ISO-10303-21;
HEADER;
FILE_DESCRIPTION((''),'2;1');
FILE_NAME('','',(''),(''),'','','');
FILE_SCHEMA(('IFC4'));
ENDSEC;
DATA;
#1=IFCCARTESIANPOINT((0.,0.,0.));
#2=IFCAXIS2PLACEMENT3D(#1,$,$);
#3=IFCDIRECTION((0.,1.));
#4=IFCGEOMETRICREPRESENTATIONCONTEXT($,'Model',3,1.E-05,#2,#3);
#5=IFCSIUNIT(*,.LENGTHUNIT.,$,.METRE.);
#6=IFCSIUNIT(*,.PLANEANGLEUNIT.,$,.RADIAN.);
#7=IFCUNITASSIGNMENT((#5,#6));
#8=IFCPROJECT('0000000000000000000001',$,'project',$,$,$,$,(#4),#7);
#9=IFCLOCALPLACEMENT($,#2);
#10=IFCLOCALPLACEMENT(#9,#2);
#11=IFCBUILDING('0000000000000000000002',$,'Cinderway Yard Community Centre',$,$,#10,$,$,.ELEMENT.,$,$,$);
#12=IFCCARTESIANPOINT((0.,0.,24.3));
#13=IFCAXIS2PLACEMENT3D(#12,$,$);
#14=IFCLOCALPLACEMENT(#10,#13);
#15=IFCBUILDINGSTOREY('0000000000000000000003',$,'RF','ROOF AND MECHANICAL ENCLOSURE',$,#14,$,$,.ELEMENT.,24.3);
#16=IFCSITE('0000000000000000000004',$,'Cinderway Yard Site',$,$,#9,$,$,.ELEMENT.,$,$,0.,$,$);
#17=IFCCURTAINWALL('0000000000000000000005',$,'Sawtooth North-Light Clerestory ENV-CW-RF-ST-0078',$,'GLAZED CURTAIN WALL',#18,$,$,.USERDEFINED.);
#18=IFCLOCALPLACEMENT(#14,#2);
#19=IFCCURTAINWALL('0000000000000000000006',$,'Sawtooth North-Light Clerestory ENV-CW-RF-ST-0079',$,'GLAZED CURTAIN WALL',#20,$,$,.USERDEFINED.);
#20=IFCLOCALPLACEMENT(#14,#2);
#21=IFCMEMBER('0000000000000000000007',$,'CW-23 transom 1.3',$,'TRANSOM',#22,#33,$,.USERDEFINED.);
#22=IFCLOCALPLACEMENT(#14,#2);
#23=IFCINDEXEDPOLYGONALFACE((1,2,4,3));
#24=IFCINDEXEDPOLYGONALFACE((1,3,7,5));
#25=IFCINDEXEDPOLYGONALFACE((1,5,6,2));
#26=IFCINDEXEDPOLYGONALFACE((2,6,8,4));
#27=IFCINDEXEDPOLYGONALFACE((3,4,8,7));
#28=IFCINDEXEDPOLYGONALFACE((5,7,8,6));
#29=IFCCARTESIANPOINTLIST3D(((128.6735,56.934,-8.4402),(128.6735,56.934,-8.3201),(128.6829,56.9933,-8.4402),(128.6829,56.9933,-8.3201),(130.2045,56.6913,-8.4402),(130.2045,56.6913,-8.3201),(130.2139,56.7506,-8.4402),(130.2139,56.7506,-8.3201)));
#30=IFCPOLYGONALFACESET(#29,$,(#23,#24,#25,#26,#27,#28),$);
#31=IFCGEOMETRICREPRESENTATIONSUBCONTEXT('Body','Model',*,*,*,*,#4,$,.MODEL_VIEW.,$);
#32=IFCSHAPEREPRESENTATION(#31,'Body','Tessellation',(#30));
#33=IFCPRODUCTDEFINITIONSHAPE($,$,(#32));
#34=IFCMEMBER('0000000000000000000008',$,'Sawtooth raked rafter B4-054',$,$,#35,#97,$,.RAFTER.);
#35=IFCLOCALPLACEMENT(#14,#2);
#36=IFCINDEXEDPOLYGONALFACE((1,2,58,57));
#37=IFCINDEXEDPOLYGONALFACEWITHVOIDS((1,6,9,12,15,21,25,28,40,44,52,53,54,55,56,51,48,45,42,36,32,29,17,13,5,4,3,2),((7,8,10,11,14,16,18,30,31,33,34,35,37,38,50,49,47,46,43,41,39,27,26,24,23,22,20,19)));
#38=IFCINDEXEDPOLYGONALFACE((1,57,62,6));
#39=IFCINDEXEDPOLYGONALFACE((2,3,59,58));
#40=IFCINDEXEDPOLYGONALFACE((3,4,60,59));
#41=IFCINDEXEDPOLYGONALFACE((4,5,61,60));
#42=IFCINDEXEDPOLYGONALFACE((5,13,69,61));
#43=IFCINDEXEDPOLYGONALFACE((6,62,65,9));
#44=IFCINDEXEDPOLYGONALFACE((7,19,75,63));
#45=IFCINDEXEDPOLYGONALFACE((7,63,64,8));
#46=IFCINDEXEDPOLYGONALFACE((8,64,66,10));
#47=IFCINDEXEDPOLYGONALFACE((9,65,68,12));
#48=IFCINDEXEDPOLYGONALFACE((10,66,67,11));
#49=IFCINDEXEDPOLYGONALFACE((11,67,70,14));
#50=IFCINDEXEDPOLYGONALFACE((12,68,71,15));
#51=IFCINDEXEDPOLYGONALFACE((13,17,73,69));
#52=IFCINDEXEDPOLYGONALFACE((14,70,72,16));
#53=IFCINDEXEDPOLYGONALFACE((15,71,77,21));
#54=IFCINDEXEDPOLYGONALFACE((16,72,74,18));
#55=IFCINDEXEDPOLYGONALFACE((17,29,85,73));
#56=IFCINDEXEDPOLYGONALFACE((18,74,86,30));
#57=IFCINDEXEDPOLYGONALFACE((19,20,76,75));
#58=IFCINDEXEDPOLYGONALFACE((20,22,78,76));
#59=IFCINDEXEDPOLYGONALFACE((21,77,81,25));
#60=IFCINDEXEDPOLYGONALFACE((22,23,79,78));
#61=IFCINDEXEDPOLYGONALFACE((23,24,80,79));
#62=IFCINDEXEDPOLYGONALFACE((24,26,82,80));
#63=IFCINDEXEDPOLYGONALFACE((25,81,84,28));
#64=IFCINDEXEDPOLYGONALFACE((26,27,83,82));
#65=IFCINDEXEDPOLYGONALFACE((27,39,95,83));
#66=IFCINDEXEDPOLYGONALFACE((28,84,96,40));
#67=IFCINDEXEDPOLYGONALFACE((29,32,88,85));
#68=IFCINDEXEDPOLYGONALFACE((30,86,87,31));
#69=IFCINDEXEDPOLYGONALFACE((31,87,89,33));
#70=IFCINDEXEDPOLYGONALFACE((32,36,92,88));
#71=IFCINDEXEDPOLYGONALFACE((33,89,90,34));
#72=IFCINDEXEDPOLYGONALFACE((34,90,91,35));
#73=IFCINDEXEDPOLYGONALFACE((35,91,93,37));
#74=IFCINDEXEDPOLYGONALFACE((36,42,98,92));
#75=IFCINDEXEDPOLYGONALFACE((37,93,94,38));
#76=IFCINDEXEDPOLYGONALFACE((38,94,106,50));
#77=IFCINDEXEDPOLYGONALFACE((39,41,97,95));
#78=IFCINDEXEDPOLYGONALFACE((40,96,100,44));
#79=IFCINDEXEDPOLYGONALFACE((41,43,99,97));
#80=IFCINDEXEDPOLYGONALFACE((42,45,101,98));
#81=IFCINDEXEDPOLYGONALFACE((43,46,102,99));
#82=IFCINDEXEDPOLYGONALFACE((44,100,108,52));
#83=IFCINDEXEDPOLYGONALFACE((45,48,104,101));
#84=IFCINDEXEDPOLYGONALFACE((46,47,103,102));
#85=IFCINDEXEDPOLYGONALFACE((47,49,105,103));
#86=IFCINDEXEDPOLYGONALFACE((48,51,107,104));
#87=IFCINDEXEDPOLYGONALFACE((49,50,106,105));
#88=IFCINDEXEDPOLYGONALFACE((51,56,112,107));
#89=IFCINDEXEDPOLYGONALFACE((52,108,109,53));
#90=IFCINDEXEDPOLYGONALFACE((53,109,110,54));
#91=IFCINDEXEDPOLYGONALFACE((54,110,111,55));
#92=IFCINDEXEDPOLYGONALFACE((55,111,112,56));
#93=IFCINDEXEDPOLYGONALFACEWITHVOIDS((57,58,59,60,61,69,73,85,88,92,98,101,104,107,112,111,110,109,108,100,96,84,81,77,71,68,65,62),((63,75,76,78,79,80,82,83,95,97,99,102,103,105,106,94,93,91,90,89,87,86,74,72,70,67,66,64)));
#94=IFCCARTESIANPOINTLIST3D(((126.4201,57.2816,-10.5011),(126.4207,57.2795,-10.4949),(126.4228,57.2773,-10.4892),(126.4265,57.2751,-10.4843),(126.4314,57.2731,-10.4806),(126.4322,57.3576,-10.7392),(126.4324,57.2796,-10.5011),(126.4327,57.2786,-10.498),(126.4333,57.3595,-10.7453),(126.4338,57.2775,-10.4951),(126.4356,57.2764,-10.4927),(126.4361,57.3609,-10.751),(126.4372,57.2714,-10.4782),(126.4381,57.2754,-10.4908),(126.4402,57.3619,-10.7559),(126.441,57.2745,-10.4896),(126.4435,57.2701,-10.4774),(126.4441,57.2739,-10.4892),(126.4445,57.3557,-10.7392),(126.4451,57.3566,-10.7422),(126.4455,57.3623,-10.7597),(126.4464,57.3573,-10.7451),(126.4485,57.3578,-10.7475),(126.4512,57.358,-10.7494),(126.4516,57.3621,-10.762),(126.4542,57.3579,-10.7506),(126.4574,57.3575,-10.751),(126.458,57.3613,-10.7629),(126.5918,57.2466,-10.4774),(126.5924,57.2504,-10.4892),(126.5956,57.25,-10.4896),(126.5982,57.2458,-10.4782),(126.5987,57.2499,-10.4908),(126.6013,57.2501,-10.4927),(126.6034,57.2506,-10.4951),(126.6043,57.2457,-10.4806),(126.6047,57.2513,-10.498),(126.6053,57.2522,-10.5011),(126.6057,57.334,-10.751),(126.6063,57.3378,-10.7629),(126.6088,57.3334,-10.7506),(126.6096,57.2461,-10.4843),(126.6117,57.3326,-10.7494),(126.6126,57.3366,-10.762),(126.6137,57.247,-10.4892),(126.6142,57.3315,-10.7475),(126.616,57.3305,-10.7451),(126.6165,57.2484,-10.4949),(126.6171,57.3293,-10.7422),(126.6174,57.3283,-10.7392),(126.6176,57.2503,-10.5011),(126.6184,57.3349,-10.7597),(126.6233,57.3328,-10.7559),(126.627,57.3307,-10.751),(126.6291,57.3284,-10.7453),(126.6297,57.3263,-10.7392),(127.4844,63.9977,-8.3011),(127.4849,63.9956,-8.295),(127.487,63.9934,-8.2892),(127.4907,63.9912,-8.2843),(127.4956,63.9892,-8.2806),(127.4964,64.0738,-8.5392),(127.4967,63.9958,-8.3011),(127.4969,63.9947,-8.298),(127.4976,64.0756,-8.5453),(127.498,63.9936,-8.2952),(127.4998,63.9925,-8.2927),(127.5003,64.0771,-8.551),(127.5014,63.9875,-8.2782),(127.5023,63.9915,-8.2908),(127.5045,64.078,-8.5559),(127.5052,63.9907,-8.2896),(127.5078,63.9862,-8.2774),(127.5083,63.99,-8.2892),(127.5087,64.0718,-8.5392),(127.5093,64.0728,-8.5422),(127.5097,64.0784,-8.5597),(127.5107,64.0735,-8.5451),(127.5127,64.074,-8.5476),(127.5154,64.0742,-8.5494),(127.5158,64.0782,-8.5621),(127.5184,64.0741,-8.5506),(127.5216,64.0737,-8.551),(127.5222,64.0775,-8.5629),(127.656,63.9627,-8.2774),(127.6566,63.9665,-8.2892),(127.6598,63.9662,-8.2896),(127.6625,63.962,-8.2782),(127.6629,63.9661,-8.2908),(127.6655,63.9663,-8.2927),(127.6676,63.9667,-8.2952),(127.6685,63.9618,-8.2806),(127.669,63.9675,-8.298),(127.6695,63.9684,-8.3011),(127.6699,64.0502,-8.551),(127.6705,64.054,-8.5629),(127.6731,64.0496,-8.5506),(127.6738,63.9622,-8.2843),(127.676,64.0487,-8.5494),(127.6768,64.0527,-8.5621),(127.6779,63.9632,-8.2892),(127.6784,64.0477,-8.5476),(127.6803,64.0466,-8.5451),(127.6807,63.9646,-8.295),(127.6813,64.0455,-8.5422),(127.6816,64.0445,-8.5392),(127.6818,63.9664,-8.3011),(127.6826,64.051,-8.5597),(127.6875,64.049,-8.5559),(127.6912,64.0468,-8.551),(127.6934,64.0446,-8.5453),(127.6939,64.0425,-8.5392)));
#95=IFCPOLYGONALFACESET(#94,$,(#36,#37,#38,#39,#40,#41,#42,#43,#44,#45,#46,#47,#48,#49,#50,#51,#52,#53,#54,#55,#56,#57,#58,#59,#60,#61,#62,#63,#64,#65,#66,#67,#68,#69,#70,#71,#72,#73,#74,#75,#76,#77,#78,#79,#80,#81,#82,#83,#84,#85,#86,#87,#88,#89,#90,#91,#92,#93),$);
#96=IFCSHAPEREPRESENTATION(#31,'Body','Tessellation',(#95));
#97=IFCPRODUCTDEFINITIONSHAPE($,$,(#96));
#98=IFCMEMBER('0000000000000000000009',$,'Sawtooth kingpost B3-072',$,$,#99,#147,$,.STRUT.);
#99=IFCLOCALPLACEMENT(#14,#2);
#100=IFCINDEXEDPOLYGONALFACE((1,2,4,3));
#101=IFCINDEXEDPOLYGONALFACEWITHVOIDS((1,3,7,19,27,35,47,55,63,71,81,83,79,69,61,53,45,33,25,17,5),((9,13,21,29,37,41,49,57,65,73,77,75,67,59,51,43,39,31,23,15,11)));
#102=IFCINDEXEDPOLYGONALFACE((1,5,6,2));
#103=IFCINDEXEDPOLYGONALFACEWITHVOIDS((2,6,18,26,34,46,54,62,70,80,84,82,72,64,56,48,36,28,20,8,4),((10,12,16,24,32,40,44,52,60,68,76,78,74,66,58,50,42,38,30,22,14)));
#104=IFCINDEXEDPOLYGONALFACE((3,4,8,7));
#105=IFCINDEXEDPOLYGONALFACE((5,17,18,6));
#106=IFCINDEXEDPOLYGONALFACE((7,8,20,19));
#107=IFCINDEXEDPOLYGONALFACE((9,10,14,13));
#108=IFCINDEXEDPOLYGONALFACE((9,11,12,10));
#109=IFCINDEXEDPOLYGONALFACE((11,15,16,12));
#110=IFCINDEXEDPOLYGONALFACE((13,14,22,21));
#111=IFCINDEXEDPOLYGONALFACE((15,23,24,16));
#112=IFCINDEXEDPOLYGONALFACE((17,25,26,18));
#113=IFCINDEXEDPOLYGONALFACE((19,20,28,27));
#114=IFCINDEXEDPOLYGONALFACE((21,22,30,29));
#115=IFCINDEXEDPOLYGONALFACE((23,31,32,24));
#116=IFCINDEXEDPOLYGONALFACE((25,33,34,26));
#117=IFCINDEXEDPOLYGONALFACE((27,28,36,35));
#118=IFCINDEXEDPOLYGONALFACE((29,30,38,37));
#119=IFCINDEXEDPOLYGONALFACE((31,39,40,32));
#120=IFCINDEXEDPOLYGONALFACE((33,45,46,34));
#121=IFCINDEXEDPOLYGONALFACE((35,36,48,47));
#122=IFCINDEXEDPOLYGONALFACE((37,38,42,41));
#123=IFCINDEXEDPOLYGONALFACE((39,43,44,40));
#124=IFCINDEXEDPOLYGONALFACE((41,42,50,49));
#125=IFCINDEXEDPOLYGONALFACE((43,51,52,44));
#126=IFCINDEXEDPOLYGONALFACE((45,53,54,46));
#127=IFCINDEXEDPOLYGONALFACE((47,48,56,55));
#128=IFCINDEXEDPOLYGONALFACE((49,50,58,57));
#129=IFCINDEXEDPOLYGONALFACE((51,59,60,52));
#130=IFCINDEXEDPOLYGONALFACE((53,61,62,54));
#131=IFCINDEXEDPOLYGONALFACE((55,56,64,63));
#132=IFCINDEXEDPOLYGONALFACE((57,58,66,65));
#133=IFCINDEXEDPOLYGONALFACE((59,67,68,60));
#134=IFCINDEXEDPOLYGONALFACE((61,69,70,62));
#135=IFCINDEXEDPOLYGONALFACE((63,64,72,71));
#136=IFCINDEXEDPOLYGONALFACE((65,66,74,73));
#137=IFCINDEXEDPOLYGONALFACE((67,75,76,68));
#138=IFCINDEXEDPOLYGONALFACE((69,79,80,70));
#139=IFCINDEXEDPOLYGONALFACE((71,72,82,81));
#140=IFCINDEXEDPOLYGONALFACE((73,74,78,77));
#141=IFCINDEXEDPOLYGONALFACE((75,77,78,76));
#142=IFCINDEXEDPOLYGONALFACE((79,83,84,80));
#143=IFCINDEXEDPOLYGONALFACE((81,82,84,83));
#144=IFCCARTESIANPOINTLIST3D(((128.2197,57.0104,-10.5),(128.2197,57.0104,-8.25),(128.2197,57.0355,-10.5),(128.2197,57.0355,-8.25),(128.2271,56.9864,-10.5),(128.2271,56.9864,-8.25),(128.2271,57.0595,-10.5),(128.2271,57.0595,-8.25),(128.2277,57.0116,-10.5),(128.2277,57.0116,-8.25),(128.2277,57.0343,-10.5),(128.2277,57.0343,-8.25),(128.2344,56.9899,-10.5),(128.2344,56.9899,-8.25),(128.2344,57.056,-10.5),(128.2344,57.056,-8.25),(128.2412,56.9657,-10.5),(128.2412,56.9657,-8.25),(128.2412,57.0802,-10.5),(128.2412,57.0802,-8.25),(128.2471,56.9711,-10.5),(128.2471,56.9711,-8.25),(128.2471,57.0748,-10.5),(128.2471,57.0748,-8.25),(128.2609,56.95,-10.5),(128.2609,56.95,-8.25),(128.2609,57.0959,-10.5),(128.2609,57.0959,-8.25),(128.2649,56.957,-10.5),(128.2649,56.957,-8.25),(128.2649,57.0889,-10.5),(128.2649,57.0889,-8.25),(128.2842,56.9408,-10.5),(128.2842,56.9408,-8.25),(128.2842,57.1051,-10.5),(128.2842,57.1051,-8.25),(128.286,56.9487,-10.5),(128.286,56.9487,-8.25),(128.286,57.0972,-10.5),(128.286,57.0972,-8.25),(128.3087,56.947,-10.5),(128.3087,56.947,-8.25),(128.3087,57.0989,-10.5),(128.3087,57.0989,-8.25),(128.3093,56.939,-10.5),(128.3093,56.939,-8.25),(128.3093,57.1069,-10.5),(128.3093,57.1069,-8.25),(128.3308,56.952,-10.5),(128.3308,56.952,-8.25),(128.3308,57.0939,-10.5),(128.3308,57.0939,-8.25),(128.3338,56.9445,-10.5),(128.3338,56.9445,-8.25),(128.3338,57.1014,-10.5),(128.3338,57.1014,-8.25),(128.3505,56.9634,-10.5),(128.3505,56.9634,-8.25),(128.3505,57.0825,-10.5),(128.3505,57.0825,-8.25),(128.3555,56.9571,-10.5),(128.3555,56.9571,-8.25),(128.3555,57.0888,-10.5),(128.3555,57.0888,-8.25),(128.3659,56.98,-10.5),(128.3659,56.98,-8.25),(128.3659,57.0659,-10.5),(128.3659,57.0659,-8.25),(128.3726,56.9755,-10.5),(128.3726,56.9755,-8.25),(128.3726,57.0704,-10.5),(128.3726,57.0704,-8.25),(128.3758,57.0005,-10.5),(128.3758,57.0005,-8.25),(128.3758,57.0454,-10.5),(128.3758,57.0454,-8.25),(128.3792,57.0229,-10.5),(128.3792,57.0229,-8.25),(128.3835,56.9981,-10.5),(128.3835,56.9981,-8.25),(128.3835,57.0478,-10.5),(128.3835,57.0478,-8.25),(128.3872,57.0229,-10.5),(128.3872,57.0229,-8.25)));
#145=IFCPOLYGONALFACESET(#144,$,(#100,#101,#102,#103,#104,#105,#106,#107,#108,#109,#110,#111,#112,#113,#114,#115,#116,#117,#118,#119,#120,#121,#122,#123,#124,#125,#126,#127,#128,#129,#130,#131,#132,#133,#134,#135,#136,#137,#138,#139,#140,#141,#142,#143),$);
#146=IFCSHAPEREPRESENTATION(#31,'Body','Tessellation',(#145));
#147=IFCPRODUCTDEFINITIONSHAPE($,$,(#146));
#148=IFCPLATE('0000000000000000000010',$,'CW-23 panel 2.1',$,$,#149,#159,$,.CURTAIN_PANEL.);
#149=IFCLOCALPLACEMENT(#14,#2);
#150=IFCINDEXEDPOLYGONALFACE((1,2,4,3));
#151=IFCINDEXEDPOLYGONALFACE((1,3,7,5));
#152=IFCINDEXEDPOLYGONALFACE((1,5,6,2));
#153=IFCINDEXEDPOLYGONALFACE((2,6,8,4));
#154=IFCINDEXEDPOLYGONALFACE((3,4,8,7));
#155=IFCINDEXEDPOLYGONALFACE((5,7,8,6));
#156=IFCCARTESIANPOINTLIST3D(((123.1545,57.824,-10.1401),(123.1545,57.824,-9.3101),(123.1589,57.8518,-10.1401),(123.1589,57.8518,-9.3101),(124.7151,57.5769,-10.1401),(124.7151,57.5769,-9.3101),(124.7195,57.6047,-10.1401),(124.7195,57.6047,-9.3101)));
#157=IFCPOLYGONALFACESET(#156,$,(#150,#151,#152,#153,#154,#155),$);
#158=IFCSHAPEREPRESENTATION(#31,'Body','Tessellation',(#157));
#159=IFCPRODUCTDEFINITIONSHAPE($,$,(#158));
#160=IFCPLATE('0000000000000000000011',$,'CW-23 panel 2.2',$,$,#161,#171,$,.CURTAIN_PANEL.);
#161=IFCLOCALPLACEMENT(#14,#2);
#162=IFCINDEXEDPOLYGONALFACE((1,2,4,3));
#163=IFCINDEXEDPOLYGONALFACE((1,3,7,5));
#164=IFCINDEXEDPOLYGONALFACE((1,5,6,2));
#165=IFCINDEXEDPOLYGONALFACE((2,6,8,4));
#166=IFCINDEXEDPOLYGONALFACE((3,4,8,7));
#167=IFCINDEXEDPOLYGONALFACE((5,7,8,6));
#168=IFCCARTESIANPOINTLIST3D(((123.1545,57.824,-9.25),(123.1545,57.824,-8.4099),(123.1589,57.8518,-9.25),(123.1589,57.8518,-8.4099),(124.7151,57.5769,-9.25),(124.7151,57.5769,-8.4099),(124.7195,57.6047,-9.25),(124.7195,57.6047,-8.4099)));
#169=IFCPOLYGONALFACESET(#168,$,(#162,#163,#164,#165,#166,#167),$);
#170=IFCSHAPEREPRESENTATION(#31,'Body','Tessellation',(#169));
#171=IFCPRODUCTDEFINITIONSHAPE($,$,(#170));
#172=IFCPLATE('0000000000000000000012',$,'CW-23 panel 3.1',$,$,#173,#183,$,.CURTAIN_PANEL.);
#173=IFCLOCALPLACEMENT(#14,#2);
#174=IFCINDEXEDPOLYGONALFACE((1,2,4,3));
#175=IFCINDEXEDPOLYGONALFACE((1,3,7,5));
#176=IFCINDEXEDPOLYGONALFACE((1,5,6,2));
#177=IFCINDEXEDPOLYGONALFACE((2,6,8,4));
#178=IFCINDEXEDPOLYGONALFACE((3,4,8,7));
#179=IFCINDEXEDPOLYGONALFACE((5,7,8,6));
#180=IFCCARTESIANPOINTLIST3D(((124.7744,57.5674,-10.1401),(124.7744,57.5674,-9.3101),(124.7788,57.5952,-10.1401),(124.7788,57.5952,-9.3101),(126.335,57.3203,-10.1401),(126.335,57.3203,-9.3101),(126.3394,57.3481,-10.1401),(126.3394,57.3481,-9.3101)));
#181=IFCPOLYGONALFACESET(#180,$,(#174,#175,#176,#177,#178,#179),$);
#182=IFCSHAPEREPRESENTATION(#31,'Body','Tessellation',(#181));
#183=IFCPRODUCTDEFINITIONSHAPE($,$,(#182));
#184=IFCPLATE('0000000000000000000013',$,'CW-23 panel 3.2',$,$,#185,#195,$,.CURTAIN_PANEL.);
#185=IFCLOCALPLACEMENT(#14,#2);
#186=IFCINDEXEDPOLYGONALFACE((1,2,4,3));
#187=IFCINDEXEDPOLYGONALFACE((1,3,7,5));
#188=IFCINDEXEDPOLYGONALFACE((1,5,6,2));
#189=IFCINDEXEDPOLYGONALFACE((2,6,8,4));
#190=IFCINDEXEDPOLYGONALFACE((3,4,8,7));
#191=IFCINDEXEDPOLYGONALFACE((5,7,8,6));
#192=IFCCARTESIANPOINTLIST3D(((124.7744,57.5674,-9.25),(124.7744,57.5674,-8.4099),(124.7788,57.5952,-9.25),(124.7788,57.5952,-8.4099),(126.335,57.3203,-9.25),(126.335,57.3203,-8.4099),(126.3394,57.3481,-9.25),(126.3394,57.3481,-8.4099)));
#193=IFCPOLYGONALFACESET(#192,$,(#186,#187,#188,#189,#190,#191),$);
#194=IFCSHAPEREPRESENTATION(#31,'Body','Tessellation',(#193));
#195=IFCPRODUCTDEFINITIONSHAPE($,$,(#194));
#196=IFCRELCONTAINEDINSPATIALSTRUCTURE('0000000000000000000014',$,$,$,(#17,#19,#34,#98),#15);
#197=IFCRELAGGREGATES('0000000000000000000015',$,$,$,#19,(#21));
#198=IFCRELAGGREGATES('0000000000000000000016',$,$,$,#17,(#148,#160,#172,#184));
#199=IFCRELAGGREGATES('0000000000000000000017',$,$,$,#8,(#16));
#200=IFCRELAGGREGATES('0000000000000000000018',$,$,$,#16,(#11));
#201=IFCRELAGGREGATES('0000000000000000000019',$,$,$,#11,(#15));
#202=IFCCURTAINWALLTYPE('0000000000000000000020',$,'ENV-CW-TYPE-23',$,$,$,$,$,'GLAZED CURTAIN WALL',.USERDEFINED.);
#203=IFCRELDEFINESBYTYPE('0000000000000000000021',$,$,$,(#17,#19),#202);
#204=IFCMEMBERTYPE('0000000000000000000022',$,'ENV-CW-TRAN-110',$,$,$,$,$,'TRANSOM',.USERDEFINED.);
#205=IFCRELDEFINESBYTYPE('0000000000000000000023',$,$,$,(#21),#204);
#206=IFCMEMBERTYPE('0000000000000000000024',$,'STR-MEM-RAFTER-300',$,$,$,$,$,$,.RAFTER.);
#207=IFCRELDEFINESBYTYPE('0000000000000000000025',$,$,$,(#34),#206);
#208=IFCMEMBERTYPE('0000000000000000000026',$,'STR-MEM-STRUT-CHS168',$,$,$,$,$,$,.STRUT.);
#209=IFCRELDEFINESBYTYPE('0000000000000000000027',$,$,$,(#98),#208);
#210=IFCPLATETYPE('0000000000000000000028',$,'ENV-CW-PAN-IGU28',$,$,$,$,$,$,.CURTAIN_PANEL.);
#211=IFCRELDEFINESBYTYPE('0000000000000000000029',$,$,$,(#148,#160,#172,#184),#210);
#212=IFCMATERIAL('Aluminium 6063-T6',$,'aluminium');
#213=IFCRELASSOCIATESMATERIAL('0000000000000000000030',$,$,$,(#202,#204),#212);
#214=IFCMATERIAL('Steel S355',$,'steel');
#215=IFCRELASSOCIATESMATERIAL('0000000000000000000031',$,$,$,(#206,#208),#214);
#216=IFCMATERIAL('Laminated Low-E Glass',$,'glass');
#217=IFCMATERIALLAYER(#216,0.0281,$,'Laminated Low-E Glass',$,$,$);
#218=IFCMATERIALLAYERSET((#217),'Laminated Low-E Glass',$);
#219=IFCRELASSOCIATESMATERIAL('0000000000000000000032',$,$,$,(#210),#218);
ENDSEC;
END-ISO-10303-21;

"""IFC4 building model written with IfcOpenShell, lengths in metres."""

from ifc_helpers import new_model, si_unit, direction, frame, origin, origin_2d, place, context, subcontext, project, spatial, rectangle, hollow_rectangle, hollow_circle, extrude, material, layer, layer_set, material_profile, profile_set, type_object, element, aggregate, save


model = new_model("IFC4")

# Units and contexts
model_context = context("Model", 3, precision=1e-05, world=origin(), true_north=direction((0.0, 1.0)))
body_context = subcontext(model_context, "Body", "Model", "MODEL_VIEW")
ifc_project = project(units=[si_unit("LENGTHUNIT", "METRE"), si_unit("PLANEANGLEUNIT", "RADIAN")], contexts=[model_context])

# Site, building, storey
site_placement = place(None, origin())
site = spatial("IfcSite", under=ifc_project, at=site_placement, Name="Cinderway Yard Site", CompositionType="ELEMENT", RefElevation=0.0)
building_placement = place(site_placement, origin())
building = spatial("IfcBuilding", under=site, at=building_placement, Name="Cinderway Yard Community Centre", CompositionType="ELEMENT")
storey_placement = place(building_placement, frame((0.0, 0.0, 24.3)))
storey = spatial("IfcBuildingStorey", under=building, at=storey_placement, Name="RF", Description="ROOF AND MECHANICAL ENCLOSURE", CompositionType="ELEMENT", Elevation=24.3)

# Curtain wall
ifc_material_1 = material(Name="Aluminium 6063-T6", Category="aluminium")
curtain_wall_type = type_object("IfcCurtainWallType", Name="ENV-CW-TYPE-23", ElementType="GLAZED CURTAIN WALL", PredefinedType="USERDEFINED", material=ifc_material_1)
curtain_wall_1_placement = place(storey_placement, origin())
curtain_wall_1 = element("IfcCurtainWall", 1, at=curtain_wall_1_placement, inside=storey, type_object=curtain_wall_type, Name="Sawtooth North-Light Clerestory ENV-CW-RF-ST-0078", ObjectType="GLAZED CURTAIN WALL", PredefinedType="USERDEFINED")

# Curtain wall
curtain_wall_2_placement = place(storey_placement, origin())
curtain_wall_2 = element("IfcCurtainWall", 2, at=curtain_wall_2_placement, inside=storey, type_object=curtain_wall_type, Name="Sawtooth North-Light Clerestory ENV-CW-RF-ST-0079", ObjectType="GLAZED CURTAIN WALL", PredefinedType="USERDEFINED")

# Member
ifc_material_profile_1 = material_profile(ifc_material_1, rectangle(XDim=0.0601, YDim=0.1201, at=origin_2d()), Name="Aluminium 6063-T6")
ifc_profile_set_1 = profile_set([ifc_material_profile_1], Name="Aluminium 6063-T6")
member_type_1 = type_object("IfcMemberType", Name="ENV-CW-TRAN-110", ElementType="TRANSOM", PredefinedType="USERDEFINED", material=ifc_profile_set_1)
member_1_placement = place(storey_placement, frame((128.6782, 56.9636, -8.3801), z_axis=(0.98767, -0.156553, 0.0), x_axis=(0.156553, 0.98767, 0.0)))
member_1 = element("IfcMember", 3, at=member_1_placement, type_object=member_type_1, Name="CW-23 transom 1.3", ObjectType="TRANSOM", PredefinedType="USERDEFINED", context=body_context, shape_type="SweptSolid", body=[
    extrude(rectangle(XDim=0.0601, YDim=0.1201, at=origin_2d()), origin(), (0.0, 0.0, 1.0), 1.55),
])
aggregate(curtain_wall_2, [member_1])

# Members
ifc_material_2 = material(Name="Steel S355", Category="steel")
ifc_material_profile_2 = material_profile(ifc_material_2, hollow_rectangle(XDim=0.2, YDim=0.3, WallThickness=0.0125, InnerFilletRadius=0.0125, OuterFilletRadius=0.0249, at=origin_2d()), Name="Steel S355")
ifc_profile_set_2 = profile_set([ifc_material_profile_2], Name="Steel S355")
member_type_2 = type_object("IfcMemberType", Name="STR-MEM-RAFTER-300", PredefinedType="RAFTER", material=ifc_profile_set_2)
member_2_placement = place(storey_placement, frame((126.5249, 57.304, -10.6201), z_axis=(0.148905, 0.93972, 0.30782), x_axis=(-0.987677, 0.156505, 0.0)))
element("IfcMember", 4, at=member_2_placement, inside=storey, type_object=member_type_2, Name="Sawtooth raked rafter B4-054", PredefinedType="RAFTER", context=body_context, shape_type="SweptSolid", body=[
    extrude(hollow_rectangle(XDim=0.2, YDim=0.3, WallThickness=0.0125, InnerFilletRadius=0.0125, OuterFilletRadius=0.0249, at=origin_2d()), origin(), (0.0, 0.0, 1.0), 7.147),
])
ifc_material_profile_3 = material_profile(ifc_material_2, hollow_circle(Radius=0.0842, WallThickness=0.0081, at=origin_2d()), Name="Steel S355")
ifc_profile_set_3 = profile_set([ifc_material_profile_3], Name="Steel S355")
member_type_3 = type_object("IfcMemberType", Name="STR-MEM-STRUT-CHS168", PredefinedType="STRUT", material=ifc_profile_set_3)
member_3_placement = place(storey_placement, frame((128.303, 57.0229, -10.5), z_axis=(0.0, 0.0, 1.0), x_axis=(1.0, 0.0, 0.0)))
element("IfcMember", 5, at=member_3_placement, inside=storey, type_object=member_type_3, Name="Sawtooth kingpost B3-072", PredefinedType="STRUT", context=body_context, shape_type="SweptSolid", body=[
    extrude(hollow_circle(Radius=0.0842, WallThickness=0.0081, at=origin_2d()), origin(), (0.0, 0.0, 1.0), 2.25),
])

# Plates
ifc_material_3 = material(Name="Laminated Low-E Glass", Category="glass")
ifc_layer_1 = layer(ifc_material_3, 0.0281, Name="Laminated Low-E Glass")
ifc_layer_set_1 = layer_set([ifc_layer_1], Name="Laminated Low-E Glass")
plate_type_1 = type_object("IfcPlateType", Name="ENV-CW-PAN-IGU28", PredefinedType="CURTAIN_PANEL", material=ifc_layer_set_1)
plate_1_placement = place(storey_placement, frame((123.937, 57.7144, -10.1401), z_axis=(0.0, 0.0, 1.0), x_axis=(0.987696, -0.156385, 0.0)))
plate_1 = element("IfcPlate", 6, at=plate_1_placement, type_object=plate_type_1, Name="CW-23 panel 2.1", PredefinedType="CURTAIN_PANEL", context=body_context, shape_type="SweptSolid", body=[
    extrude(rectangle(XDim=1.5801, YDim=0.0281, at=origin_2d()), origin(), (0.0, 0.0, 1.0), 0.8301),
])
plate_2_placement = place(storey_placement, frame((123.937, 57.7144, -9.25), z_axis=(0.0, 0.0, 1.0), x_axis=(0.987696, -0.156385, 0.0)))
plate_2 = element("IfcPlate", 7, at=plate_2_placement, type_object=plate_type_1, Name="CW-23 panel 2.2", PredefinedType="CURTAIN_PANEL", context=body_context, shape_type="SweptSolid", body=[
    extrude(rectangle(XDim=1.5801, YDim=0.0281, at=origin_2d()), origin(), (0.0, 0.0, 1.0), 0.8401),
])
plate_3_placement = place(storey_placement, frame((125.5569, 57.4578, -10.1401), z_axis=(0.0, 0.0, 1.0), x_axis=(0.987696, -0.156385, 0.0)))
plate_3 = element("IfcPlate", 8, at=plate_3_placement, type_object=plate_type_1, Name="CW-23 panel 3.1", PredefinedType="CURTAIN_PANEL", context=body_context, shape_type="SweptSolid", body=[
    extrude(rectangle(XDim=1.5801, YDim=0.0281, at=origin_2d()), origin(), (0.0, 0.0, 1.0), 0.8301),
])
plate_4_placement = place(storey_placement, frame((125.5569, 57.4578, -9.25), z_axis=(0.0, 0.0, 1.0), x_axis=(0.987696, -0.156385, 0.0)))
plate_4 = element("IfcPlate", 9, at=plate_4_placement, type_object=plate_type_1, Name="CW-23 panel 3.2", PredefinedType="CURTAIN_PANEL", context=body_context, shape_type="SweptSolid", body=[
    extrude(rectangle(XDim=1.5801, YDim=0.0281, at=origin_2d()), origin(), (0.0, 0.0, 1.0), 0.8401),
])
aggregate(curtain_wall_1, [plate_1, plate_2, plate_3, plate_4])

save(model, "model.ifc")
